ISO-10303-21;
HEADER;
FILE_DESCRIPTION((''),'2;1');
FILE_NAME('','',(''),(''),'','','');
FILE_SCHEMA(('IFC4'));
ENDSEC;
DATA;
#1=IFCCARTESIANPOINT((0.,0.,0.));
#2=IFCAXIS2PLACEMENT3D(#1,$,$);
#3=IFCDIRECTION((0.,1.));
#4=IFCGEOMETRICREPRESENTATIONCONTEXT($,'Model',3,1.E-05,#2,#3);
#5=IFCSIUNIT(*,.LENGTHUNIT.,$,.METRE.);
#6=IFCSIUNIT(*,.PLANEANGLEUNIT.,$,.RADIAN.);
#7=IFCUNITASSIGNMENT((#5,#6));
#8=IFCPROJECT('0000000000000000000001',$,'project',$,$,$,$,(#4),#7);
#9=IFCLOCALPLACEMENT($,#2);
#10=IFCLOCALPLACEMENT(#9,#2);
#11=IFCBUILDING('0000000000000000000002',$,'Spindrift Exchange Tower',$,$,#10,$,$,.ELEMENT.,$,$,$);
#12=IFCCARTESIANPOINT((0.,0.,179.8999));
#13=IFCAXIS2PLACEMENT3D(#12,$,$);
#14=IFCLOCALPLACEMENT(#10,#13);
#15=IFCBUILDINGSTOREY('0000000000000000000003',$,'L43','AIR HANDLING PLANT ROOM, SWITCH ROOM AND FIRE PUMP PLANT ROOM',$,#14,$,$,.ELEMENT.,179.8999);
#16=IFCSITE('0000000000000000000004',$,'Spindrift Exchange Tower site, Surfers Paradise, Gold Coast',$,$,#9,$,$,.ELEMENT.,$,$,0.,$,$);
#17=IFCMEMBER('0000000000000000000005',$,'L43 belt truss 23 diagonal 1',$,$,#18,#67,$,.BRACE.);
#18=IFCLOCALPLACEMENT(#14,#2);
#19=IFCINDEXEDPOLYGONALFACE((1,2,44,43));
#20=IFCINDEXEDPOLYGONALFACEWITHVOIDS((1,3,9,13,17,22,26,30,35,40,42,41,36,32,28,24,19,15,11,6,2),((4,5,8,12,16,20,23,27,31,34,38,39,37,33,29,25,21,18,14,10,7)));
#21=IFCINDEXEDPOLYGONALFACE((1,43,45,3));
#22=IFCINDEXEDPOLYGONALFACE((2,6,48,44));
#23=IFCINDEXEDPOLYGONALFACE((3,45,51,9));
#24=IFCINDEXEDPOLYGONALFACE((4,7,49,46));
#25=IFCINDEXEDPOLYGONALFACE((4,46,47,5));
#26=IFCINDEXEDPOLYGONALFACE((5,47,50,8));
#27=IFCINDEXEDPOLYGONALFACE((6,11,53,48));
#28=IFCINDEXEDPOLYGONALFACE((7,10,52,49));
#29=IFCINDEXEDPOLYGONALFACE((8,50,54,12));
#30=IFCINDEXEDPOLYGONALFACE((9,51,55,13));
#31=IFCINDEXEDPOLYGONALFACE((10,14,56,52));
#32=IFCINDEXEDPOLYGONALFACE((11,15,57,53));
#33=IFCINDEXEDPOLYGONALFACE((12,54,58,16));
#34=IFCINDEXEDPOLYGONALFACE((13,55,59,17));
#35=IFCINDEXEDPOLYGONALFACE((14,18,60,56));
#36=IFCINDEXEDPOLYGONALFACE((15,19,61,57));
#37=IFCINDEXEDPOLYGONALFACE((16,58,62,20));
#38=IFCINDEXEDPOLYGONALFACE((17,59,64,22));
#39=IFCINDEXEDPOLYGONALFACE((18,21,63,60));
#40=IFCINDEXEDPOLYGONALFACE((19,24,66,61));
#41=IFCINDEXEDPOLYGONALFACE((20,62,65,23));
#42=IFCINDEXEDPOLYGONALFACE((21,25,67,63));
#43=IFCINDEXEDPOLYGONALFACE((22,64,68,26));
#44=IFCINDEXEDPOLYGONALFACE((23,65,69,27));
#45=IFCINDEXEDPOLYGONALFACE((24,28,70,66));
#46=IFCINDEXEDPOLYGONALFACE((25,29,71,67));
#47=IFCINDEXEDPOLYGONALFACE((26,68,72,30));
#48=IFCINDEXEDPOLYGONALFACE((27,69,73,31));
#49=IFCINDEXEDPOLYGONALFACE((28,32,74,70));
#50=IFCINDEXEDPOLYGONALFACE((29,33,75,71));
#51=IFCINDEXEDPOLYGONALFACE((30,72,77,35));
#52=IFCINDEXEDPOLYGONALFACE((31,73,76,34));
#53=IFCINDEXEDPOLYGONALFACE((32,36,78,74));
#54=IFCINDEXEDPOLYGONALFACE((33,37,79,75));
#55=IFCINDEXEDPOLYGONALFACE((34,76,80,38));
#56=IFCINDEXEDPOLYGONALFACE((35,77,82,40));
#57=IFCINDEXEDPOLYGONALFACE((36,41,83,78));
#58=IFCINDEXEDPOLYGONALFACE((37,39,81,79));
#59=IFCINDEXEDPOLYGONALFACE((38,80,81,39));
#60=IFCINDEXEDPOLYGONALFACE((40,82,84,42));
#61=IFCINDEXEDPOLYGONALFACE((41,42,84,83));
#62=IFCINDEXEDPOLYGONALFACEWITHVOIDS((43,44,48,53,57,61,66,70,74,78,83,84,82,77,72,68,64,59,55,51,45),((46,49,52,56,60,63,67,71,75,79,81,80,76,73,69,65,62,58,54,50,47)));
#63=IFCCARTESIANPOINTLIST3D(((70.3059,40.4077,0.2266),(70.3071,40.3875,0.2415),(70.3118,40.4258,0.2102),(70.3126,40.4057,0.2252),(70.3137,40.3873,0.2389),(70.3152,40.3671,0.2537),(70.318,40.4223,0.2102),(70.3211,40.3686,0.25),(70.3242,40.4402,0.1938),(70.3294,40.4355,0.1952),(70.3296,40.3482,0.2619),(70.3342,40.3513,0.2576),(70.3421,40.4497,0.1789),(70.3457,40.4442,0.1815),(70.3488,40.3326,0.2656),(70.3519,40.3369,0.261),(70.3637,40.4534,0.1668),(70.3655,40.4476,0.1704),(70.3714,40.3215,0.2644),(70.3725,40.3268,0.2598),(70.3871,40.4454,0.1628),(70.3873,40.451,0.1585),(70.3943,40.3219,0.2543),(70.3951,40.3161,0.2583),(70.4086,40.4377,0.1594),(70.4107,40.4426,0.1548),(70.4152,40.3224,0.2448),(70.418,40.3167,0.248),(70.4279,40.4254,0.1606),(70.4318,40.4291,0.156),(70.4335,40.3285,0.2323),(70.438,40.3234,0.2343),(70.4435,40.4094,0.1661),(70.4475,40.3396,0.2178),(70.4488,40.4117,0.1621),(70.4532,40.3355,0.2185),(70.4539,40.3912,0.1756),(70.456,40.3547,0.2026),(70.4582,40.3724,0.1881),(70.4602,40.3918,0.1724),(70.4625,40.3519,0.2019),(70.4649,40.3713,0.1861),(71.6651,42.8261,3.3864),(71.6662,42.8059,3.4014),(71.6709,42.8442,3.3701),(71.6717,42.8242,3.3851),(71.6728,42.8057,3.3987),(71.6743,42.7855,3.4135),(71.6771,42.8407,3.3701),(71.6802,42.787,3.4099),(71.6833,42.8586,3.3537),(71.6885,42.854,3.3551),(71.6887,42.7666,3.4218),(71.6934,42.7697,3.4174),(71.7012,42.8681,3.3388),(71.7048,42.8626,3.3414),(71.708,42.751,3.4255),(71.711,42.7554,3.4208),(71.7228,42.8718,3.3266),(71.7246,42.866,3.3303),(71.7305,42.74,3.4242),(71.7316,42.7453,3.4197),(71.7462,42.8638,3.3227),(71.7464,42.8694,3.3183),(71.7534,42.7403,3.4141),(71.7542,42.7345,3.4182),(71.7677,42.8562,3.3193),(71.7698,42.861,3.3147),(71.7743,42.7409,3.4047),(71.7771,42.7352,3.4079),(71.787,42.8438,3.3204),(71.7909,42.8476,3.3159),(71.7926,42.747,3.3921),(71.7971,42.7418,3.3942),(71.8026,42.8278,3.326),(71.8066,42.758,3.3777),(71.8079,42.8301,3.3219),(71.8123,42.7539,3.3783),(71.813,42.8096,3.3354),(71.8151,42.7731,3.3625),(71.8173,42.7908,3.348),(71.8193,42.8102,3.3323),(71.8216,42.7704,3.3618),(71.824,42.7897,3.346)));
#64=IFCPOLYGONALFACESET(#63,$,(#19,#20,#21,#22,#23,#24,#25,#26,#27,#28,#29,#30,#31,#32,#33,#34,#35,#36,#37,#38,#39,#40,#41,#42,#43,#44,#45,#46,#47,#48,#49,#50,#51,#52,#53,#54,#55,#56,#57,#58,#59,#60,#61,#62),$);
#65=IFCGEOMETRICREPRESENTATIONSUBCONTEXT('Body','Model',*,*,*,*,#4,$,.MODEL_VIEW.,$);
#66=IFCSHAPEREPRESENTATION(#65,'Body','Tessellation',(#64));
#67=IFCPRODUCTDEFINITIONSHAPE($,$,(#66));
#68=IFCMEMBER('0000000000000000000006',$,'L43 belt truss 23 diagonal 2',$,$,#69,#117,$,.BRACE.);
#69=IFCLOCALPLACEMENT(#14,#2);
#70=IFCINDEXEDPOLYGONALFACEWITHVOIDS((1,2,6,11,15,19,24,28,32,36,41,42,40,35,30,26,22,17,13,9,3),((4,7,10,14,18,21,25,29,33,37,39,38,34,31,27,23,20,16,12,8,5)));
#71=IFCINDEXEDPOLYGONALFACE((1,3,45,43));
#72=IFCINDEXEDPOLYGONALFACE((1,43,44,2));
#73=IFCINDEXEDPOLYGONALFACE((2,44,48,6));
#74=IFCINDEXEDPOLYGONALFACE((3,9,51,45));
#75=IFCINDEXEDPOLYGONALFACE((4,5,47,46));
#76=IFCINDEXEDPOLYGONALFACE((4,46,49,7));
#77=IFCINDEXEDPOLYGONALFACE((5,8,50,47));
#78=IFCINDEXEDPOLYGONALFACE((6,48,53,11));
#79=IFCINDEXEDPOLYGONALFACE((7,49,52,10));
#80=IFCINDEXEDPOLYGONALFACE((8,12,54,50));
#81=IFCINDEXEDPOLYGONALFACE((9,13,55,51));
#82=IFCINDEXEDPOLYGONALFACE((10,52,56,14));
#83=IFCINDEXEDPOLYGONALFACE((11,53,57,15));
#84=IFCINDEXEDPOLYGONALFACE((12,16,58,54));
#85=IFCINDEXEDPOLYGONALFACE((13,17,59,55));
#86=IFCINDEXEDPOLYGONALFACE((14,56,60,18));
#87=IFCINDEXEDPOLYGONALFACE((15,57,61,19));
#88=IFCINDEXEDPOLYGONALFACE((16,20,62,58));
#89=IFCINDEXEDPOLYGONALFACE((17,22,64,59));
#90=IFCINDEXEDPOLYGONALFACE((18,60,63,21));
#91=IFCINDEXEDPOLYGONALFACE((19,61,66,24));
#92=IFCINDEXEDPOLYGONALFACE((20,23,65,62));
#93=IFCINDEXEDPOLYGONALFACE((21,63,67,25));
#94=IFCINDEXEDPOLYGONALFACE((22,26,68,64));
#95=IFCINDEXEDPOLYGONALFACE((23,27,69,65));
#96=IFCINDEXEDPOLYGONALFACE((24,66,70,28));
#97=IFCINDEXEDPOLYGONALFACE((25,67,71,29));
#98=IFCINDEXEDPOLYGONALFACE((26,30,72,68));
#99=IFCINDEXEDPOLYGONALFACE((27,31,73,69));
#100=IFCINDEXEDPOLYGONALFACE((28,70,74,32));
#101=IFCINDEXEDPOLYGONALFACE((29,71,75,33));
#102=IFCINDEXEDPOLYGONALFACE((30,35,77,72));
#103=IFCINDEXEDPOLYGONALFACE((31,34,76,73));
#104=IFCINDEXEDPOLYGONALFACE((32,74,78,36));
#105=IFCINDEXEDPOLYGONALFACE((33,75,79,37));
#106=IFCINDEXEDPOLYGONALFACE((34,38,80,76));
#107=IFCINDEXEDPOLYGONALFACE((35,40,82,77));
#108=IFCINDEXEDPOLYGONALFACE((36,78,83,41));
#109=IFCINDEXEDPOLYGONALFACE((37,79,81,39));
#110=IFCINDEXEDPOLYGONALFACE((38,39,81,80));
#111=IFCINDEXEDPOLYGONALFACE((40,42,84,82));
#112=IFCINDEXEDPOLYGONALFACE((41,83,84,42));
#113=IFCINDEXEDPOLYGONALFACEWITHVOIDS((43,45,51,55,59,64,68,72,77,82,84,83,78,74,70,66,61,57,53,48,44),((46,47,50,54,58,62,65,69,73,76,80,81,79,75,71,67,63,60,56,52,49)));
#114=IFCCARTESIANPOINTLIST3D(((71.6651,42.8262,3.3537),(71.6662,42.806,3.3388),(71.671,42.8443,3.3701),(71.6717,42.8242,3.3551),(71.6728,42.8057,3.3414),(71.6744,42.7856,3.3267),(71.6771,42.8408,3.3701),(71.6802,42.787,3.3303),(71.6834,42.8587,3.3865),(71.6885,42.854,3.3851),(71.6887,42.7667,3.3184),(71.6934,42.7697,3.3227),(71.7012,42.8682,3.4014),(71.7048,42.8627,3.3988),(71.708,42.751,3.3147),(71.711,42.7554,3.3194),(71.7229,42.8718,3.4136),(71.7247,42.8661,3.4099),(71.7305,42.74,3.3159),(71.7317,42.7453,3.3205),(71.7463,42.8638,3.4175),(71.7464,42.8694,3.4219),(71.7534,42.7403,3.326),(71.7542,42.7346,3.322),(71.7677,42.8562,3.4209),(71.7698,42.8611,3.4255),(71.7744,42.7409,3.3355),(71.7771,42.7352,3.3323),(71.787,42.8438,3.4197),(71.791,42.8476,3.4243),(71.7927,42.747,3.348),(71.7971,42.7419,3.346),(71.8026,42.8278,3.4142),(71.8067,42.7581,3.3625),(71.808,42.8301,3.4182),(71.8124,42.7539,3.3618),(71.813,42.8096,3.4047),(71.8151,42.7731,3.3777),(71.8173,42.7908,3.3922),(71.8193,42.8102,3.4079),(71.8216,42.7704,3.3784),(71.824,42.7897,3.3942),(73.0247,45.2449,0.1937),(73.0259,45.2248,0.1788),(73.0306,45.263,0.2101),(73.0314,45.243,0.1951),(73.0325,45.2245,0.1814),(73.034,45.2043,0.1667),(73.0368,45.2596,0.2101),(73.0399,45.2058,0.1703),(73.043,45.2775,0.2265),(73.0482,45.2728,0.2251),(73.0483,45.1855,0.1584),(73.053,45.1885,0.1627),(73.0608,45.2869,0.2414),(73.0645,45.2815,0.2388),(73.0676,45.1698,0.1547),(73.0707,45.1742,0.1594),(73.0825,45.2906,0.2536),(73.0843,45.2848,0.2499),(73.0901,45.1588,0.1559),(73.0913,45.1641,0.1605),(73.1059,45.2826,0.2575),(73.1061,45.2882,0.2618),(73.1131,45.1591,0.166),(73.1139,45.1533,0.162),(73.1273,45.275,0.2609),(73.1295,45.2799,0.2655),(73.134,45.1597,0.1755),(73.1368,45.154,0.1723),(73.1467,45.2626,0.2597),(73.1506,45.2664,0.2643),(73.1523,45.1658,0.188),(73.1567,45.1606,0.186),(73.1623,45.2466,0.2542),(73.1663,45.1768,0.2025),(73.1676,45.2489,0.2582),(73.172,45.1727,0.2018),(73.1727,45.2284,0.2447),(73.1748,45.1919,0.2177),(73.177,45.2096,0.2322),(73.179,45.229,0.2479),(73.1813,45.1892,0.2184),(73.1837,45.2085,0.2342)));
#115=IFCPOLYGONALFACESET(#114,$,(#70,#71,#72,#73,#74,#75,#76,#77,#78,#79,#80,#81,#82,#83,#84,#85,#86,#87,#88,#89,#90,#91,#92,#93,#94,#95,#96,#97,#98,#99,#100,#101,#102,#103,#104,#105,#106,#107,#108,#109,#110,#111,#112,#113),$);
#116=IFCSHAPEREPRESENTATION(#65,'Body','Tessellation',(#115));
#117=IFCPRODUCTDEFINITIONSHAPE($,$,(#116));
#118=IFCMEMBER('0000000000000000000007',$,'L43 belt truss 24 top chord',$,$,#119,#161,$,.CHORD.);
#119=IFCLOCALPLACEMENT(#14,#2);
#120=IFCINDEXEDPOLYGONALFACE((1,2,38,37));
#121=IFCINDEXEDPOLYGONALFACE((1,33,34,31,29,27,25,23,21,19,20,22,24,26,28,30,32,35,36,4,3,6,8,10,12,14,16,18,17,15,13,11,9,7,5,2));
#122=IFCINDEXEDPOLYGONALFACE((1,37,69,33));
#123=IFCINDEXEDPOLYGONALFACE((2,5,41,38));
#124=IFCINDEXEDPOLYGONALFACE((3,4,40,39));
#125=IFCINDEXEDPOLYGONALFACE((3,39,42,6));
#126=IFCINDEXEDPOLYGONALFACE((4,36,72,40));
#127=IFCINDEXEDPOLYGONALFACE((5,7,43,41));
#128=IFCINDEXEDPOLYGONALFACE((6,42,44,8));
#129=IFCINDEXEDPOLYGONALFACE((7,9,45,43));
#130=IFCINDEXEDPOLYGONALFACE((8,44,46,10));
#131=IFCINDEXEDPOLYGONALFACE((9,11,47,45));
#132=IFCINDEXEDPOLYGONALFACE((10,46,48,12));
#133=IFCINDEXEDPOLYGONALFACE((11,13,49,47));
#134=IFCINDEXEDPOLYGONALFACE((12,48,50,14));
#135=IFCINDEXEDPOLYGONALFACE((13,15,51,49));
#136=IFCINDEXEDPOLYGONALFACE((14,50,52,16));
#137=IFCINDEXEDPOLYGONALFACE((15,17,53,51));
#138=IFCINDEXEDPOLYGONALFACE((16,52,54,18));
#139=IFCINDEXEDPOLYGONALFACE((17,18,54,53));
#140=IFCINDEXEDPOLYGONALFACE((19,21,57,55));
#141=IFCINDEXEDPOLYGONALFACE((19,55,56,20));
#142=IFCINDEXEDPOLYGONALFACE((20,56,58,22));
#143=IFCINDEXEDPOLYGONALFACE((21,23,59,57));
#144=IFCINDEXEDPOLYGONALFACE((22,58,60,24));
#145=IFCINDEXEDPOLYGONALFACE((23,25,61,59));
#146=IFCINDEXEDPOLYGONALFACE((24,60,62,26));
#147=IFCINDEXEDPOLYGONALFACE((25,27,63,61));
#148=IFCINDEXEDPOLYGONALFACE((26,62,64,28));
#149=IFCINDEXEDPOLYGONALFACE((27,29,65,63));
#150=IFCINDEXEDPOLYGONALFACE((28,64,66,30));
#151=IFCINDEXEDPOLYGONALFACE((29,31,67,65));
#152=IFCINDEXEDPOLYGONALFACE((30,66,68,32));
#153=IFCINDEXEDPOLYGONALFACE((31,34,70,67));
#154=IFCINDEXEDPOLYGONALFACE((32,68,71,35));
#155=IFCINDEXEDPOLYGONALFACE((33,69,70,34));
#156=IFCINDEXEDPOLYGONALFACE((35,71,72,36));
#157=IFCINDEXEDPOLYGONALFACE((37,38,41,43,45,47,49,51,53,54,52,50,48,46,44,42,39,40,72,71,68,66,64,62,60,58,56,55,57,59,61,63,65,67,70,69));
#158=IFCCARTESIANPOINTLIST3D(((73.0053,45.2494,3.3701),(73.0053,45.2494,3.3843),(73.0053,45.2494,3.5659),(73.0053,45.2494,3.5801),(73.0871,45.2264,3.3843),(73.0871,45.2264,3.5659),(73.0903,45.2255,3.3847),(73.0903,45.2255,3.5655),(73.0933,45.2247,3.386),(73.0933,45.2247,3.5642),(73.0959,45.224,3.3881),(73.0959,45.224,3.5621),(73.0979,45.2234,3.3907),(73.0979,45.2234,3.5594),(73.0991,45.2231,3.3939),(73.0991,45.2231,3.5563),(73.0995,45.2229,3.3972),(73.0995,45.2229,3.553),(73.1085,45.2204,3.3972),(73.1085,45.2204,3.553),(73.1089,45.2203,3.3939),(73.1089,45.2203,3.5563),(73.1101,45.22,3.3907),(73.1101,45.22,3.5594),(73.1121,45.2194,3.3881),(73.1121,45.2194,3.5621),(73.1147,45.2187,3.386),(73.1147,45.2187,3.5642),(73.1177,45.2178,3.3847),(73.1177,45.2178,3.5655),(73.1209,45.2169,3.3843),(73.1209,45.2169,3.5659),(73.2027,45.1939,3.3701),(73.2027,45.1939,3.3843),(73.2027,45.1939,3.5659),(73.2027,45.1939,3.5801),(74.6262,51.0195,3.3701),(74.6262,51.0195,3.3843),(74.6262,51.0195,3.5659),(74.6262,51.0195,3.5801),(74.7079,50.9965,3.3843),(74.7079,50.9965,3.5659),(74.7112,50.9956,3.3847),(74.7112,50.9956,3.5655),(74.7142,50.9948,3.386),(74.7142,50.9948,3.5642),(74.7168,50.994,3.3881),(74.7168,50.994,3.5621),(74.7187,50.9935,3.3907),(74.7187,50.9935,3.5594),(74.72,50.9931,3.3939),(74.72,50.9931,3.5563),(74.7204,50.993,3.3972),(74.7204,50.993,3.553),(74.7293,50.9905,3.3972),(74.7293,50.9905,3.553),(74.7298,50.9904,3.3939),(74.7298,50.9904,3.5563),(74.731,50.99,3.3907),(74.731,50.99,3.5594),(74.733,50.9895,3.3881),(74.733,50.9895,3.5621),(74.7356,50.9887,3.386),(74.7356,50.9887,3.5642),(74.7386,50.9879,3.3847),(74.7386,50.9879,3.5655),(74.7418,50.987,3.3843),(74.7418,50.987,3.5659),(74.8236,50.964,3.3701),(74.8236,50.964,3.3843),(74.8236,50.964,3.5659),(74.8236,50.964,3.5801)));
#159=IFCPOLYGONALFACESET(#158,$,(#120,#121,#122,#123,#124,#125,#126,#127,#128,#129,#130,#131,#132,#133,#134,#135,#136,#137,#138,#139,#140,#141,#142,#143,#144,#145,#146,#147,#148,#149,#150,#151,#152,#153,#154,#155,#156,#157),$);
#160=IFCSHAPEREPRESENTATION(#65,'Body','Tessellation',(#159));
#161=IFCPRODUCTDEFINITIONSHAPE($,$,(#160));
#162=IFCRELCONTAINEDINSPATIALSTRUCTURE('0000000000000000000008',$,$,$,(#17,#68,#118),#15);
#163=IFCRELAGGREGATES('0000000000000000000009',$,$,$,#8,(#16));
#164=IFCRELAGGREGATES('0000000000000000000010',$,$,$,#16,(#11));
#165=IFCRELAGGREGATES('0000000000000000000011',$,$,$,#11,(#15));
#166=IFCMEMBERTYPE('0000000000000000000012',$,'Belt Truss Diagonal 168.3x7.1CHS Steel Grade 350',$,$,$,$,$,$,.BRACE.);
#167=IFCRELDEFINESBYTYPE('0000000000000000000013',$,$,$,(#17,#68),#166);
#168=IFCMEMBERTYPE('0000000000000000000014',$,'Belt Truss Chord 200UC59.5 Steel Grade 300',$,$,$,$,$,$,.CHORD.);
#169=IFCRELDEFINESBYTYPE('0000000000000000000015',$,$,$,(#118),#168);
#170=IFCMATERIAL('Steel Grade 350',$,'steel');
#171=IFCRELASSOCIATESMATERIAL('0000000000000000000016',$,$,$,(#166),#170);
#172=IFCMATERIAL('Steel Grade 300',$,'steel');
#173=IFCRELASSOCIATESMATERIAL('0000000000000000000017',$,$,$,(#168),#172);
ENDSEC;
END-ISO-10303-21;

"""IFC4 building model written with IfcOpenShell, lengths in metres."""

from ifc_helpers import new_model, si_unit, direction, frame, origin, origin_2d, place, context, subcontext, project, spatial, hollow_circle, i_section, extrude, source, transform, mapped, material, material_profile, profile_set, type_object, element, save


model = new_model("IFC4")

# Units and contexts
model_context = context("Model", 3, precision=1e-05, world=origin(), true_north=direction((0.0, 1.0)))
body_context = subcontext(model_context, "Body", "Model", "MODEL_VIEW")
ifc_project = project(units=[si_unit("LENGTHUNIT", "METRE"), si_unit("PLANEANGLEUNIT", "RADIAN")], contexts=[model_context])

# Site, building, storey
site_placement = place(None, origin())
site = spatial("IfcSite", under=ifc_project, at=site_placement, Name="Spindrift Exchange Tower site, Surfers Paradise, Gold Coast", CompositionType="ELEMENT", RefElevation=0.0)
building_placement = place(site_placement, origin())
building = spatial("IfcBuilding", under=site, at=building_placement, Name="Spindrift Exchange Tower", CompositionType="ELEMENT")
storey_placement = place(building_placement, frame((0.0, 0.0, 179.8999)))
storey = spatial("IfcBuildingStorey", under=building, at=storey_placement, Name="L43", Description="AIR HANDLING PLANT ROOM, SWITCH ROOM AND FIRE PUMP PLANT ROOM", CompositionType="ELEMENT", Elevation=179.8999)

# Shared definitions
ifc_material_1 = material(Name="Steel Grade 300", Category="steel")

# Members
ifc_material_2 = material(Name="Steel Grade 350", Category="steel")
ifc_material_profile_1 = material_profile(ifc_material_2, hollow_circle(Radius=0.0842, WallThickness=0.0071, at=origin_2d()), Name="168.3x7.1CHS")
ifc_profile_set_1 = profile_set([ifc_material_profile_1], Name="Steel Grade 350")
member_type_1 = type_object("IfcMemberType", Name="Belt Truss Diagonal 168.3x7.1CHS Steel Grade 350", PredefinedType="BRACE", material=ifc_profile_set_1)
ifc_material_profile_2 = material_profile(ifc_material_1, i_section(OverallWidth=0.2051, OverallDepth=0.21, WebThickness=0.0093, FlangeThickness=0.0142, FilletRadius=0.0129, at=origin_2d()), Name="200UC59.5")
ifc_profile_set_2 = profile_set([ifc_material_profile_2], Name="Steel Grade 300")
member_type_2 = type_object("IfcMemberType", Name="Belt Truss Chord 200UC59.5 Steel Grade 300", PredefinedType="CHORD", material=ifc_profile_set_2)
shared_shape_1 = source(origin(), body_context, "Body", "SweptSolid", [
    extrude(hollow_circle(Radius=0.0842, WallThickness=0.0071, at=origin_2d()), origin(), (0.0, 0.0, 1.0), 4.2048),
])
member_1_placement = place(storey_placement, frame((70.3853, 40.3845, 0.2102), z_axis=(0.323225, 0.575152, 0.751483), x_axis=(-0.871768, 0.489919, 0.0)))
element("IfcMember", 1, at=member_1_placement, inside=storey, type_object=member_type_1, Name="L43 belt truss 23 diagonal 1", PredefinedType="BRACE", context=body_context, shape_type="MappedRepresentation", body=[
    mapped(shared_shape_1, transform((0.0, 0.0, 0.0), scale=1.0)),
])
shared_shape_2 = source(origin(), body_context, "Body", "SweptSolid", [
    extrude(hollow_circle(Radius=0.0842, WallThickness=0.0071, at=origin_2d()), origin(), (0.0, 0.0, 1.0), 4.2053),
])
member_2_placement = place(storey_placement, frame((71.7444, 42.803, 3.3701), z_axis=(0.323318, 0.575169, -0.751429), x_axis=(-0.871714, 0.490015, 0.0)))
element("IfcMember", 2, at=member_2_placement, inside=storey, type_object=member_type_1, Name="L43 belt truss 23 diagonal 2", PredefinedType="BRACE", context=body_context, shape_type="MappedRepresentation", body=[
    mapped(shared_shape_2, transform((0.0, 0.0, 0.0), scale=1.0)),
])
shared_shape_3 = source(origin(), body_context, "Body", "SweptSolid", [
    extrude(i_section(OverallWidth=0.2051, OverallDepth=0.21, WebThickness=0.0093, FlangeThickness=0.0142, FilletRadius=0.0129, at=origin_2d()), origin(), (0.0, 0.0, 1.0), 5.9934),
])
for number, where, z_axis, x_axis, name in (
    (3, (73.104, 45.2217, 3.4751), (0.270441, 0.962736, 0.0), (-0.962736, 0.270441, 0.0), "L43 belt truss 24 top chord"),
):
    element("IfcMember", number, at=place(storey_placement, frame(where, z_axis=z_axis, x_axis=x_axis)), inside=storey, type_object=member_type_2, Name=name, PredefinedType="CHORD", context=body_context, shape_type="MappedRepresentation", body=[
        mapped(shared_shape_3, transform((0.0, 0.0, 0.0), scale=1.0)),
    ])

save(model, "model.ifc")
